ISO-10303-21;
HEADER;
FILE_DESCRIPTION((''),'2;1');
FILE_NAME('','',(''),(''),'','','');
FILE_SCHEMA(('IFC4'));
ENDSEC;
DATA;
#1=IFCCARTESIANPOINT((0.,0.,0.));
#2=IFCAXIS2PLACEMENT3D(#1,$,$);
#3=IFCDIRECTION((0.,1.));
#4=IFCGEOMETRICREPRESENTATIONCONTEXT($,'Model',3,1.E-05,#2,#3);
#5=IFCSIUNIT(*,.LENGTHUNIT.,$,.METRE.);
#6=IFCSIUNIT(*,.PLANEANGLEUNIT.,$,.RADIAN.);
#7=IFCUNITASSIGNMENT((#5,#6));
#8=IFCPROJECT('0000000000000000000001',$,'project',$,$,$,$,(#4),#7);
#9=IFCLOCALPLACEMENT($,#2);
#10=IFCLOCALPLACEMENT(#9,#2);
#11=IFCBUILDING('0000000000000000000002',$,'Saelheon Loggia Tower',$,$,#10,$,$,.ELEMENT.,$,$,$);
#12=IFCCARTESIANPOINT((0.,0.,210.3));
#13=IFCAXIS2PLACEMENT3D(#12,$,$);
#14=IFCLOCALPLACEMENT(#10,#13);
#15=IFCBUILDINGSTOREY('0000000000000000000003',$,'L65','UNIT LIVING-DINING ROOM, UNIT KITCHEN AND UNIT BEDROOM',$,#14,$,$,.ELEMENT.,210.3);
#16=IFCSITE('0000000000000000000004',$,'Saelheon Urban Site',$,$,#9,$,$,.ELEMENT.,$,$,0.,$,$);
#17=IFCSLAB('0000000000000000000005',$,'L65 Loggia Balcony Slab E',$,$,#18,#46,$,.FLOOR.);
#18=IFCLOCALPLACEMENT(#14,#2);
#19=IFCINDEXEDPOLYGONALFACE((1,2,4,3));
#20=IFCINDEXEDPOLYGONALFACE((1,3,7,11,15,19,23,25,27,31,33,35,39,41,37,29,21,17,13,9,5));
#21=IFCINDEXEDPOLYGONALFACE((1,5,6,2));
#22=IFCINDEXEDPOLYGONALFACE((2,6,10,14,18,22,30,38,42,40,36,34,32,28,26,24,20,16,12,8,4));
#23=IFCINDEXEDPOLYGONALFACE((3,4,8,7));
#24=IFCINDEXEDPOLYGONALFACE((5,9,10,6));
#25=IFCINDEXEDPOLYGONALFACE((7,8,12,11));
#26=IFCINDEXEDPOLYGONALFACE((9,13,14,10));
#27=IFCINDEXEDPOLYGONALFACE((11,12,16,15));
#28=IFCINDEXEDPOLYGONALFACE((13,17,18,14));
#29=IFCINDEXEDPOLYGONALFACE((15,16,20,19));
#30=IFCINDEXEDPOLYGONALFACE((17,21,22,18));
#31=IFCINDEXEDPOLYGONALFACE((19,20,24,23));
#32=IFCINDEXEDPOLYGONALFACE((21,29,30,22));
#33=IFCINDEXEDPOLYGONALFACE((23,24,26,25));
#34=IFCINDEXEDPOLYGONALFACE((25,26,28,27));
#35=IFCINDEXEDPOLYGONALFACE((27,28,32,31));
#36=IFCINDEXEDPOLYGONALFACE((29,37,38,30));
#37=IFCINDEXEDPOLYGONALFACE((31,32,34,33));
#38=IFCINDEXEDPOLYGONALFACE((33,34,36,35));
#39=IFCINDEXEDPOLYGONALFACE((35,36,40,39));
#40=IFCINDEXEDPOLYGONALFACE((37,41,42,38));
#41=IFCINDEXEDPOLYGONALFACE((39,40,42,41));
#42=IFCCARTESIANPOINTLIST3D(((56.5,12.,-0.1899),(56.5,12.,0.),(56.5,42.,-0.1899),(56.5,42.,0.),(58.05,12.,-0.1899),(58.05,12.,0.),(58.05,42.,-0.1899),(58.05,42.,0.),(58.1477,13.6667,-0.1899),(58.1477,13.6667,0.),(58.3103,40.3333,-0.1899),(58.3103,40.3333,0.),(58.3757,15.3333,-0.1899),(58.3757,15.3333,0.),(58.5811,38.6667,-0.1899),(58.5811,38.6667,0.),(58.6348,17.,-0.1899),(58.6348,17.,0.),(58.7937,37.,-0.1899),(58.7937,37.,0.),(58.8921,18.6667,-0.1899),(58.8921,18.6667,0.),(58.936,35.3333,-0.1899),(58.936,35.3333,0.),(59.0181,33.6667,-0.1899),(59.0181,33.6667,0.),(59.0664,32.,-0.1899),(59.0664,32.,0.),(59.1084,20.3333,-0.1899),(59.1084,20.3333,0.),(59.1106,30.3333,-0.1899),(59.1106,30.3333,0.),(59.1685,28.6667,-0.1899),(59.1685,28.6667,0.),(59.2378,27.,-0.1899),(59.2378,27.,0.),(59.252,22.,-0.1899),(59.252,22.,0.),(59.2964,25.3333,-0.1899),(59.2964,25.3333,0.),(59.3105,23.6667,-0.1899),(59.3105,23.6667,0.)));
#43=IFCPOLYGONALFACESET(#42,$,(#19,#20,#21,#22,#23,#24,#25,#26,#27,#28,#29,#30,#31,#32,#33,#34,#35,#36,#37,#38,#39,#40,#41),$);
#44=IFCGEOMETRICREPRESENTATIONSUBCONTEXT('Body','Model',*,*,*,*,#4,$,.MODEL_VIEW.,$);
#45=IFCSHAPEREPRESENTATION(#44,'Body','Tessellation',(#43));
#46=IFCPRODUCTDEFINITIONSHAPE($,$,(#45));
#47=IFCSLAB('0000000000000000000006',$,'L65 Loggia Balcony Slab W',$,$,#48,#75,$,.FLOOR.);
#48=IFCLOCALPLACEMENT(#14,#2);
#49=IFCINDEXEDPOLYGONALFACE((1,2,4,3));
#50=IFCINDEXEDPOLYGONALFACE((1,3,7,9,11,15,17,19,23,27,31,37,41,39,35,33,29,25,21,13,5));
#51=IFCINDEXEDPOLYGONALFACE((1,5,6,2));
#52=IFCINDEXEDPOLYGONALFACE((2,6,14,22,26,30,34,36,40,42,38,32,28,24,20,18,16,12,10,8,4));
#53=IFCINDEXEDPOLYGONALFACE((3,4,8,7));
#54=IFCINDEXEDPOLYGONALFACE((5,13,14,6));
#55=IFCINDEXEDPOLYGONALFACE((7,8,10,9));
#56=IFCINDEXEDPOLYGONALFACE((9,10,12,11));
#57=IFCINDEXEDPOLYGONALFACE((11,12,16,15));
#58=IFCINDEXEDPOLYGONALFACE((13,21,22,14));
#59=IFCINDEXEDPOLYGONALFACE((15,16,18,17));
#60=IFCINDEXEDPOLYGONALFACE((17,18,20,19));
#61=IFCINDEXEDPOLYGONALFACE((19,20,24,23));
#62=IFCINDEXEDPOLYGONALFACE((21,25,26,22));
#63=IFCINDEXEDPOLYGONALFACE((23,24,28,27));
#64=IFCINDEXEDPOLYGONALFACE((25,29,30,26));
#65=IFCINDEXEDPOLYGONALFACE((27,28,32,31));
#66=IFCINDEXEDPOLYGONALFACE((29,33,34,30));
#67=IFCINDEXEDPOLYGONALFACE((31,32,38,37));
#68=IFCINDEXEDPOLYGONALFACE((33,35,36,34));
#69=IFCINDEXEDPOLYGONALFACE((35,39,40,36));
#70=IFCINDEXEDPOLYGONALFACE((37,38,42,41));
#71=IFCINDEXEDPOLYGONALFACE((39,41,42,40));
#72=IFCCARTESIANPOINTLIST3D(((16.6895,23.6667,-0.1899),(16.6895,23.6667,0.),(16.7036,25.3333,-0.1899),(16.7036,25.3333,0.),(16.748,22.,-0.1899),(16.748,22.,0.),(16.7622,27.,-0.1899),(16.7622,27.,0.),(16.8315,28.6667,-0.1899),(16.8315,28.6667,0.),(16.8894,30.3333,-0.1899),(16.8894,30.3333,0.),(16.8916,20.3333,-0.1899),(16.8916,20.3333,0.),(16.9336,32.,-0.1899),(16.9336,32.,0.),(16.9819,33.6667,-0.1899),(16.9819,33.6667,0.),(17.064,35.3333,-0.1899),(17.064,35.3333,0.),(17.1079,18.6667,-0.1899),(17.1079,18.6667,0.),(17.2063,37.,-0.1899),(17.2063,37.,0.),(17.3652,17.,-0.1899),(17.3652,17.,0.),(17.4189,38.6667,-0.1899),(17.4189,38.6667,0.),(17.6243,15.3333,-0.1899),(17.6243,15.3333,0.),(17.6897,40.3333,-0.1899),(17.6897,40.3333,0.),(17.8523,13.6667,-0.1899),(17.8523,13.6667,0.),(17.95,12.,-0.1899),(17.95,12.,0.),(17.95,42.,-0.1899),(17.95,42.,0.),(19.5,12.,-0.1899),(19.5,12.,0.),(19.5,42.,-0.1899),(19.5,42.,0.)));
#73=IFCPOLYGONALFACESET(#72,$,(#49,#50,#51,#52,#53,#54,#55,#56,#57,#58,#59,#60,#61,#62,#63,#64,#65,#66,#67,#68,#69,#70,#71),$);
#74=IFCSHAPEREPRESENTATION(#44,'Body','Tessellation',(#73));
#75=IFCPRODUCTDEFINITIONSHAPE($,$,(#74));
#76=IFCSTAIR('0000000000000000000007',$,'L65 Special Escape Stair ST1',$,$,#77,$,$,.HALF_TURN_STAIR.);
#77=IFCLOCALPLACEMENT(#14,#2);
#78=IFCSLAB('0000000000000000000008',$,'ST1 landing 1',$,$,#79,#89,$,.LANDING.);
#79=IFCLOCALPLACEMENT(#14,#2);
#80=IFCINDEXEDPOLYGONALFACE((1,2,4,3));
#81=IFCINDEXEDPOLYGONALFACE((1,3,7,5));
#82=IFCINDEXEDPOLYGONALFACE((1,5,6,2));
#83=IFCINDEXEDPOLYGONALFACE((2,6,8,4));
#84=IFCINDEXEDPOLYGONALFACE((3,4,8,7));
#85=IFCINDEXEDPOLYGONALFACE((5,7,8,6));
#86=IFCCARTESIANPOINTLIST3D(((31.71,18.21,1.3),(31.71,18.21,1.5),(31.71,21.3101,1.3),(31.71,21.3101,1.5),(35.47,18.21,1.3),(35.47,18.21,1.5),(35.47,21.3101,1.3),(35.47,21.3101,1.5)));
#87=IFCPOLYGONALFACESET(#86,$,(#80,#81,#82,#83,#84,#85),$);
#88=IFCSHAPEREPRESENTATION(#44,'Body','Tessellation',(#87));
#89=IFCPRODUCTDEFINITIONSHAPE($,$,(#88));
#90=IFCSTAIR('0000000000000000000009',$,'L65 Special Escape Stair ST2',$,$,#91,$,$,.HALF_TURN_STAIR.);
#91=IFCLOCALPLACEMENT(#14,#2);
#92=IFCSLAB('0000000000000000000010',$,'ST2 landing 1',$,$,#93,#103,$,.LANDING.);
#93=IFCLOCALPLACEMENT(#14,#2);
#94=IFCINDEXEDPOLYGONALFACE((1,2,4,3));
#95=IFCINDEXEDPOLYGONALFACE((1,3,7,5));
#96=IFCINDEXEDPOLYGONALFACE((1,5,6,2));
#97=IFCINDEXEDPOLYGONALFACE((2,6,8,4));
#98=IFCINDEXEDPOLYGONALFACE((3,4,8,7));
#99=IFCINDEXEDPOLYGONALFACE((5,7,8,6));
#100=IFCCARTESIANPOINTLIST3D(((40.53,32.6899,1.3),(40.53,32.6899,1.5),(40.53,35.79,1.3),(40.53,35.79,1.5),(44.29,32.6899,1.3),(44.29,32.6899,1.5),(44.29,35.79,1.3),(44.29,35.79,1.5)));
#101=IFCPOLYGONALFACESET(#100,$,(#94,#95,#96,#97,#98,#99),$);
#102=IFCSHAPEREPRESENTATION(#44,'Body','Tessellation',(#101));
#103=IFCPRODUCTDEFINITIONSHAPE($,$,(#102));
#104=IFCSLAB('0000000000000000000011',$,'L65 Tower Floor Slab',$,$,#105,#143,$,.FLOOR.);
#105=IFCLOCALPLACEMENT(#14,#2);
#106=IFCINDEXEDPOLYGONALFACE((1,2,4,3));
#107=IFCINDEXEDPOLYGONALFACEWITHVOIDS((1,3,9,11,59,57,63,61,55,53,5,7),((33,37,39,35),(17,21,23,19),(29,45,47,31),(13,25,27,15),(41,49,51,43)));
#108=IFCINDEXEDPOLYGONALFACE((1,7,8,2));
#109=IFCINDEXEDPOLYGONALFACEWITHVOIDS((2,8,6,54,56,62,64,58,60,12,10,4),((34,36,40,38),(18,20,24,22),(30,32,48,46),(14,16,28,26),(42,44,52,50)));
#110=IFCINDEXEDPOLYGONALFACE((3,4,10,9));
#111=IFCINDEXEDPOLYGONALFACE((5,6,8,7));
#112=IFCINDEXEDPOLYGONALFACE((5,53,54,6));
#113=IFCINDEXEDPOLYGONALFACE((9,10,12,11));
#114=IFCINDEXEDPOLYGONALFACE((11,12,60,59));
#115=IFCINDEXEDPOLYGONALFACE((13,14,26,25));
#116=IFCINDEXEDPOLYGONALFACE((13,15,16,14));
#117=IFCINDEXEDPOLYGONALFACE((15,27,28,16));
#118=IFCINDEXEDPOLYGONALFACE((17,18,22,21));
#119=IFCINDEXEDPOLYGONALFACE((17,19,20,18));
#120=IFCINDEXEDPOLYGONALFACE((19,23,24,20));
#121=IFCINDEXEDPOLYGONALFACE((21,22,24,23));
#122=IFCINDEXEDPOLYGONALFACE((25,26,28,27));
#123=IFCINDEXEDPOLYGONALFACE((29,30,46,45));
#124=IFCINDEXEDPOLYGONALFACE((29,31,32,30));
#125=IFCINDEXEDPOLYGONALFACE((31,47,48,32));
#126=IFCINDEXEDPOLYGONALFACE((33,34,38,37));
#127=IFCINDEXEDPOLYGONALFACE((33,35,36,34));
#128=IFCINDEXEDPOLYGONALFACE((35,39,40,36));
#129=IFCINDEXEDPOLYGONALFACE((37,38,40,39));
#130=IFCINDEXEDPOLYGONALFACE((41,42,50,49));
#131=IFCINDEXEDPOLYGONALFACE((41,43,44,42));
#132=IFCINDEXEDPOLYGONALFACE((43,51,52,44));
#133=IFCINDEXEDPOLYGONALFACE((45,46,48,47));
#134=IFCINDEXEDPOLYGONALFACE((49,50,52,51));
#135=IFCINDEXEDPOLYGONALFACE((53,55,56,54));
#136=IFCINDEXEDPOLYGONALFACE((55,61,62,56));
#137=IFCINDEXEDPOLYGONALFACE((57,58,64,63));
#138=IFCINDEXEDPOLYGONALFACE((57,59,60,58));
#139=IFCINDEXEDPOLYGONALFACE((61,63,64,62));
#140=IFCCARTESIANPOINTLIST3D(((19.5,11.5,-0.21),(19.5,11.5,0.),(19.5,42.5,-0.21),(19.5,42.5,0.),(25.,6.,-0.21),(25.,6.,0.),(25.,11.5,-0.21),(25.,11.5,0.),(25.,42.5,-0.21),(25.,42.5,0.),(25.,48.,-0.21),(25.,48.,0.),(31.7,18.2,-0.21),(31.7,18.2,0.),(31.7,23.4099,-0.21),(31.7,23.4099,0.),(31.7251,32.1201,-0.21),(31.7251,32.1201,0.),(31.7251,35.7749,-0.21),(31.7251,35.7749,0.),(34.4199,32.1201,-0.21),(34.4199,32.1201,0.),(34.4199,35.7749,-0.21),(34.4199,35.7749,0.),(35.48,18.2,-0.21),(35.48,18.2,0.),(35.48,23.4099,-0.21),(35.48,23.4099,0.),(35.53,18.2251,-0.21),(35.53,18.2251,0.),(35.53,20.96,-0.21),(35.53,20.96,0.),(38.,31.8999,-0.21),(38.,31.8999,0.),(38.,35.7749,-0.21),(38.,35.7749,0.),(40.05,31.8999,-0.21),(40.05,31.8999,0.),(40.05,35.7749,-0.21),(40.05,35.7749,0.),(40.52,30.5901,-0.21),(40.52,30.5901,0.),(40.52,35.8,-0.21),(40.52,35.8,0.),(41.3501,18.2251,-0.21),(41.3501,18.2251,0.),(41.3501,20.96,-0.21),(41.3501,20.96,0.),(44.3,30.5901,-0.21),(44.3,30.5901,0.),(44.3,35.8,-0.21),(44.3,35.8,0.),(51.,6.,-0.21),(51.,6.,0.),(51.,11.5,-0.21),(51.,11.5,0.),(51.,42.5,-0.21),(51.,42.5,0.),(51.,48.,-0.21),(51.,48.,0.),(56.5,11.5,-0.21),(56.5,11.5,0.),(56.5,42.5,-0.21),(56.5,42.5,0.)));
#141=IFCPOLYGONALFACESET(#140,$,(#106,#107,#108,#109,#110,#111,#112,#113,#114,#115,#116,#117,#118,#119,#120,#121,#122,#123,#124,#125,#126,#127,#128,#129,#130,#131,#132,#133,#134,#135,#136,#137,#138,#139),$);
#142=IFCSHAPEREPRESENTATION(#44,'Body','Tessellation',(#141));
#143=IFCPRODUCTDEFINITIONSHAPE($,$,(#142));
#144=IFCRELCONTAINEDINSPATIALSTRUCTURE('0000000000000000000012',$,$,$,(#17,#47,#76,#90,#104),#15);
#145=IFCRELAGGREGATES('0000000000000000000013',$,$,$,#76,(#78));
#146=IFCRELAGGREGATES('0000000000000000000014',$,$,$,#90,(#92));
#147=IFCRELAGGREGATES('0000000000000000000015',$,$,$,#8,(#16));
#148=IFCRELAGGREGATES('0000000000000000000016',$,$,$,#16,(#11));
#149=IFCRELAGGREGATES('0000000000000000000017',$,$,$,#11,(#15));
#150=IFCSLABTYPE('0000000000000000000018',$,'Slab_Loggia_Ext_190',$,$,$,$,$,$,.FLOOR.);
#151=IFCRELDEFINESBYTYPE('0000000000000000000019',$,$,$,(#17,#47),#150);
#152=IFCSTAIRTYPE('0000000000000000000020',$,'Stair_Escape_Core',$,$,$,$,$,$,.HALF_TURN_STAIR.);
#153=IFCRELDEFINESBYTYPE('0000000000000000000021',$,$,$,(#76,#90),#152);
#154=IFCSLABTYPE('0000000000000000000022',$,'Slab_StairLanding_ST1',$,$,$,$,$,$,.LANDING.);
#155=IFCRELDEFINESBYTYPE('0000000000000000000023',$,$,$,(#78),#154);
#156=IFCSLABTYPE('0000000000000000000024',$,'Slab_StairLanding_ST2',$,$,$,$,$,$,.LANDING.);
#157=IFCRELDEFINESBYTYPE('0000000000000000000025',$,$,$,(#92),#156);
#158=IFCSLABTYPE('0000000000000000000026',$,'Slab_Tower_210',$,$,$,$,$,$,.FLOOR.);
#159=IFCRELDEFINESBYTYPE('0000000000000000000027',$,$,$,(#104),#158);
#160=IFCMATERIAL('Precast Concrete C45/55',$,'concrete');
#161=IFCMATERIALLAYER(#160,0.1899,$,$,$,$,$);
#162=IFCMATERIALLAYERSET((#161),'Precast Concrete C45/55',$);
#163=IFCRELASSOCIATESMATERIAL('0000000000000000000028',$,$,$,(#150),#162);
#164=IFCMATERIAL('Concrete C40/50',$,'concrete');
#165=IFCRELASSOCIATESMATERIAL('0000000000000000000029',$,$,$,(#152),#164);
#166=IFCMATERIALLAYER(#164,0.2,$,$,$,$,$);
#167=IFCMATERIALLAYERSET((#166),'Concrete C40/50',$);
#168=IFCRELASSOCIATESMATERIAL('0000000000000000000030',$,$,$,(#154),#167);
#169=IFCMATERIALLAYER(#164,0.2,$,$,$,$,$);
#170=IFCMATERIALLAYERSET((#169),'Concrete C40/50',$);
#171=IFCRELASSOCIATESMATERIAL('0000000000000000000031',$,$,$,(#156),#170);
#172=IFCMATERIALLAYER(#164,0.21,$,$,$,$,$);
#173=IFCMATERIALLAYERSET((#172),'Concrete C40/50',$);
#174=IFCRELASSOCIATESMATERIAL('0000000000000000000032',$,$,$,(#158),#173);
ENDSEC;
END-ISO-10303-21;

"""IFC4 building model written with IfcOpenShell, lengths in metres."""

from ifc_helpers import new_model, si_unit, direction, frame, origin, place, context, subcontext, project, spatial, polyline, outline, extrude, material, layer, layer_set, type_object, element, aggregate, save


model = new_model("IFC4")

# Units and contexts
model_context = context("Model", 3, precision=1e-05, world=origin(), true_north=direction((0.0, 1.0)))
body_context = subcontext(model_context, "Body", "Model", "MODEL_VIEW")
ifc_project = project(units=[si_unit("LENGTHUNIT", "METRE"), si_unit("PLANEANGLEUNIT", "RADIAN")], contexts=[model_context])

# Site, building, storey
site_placement = place(None, origin())
site = spatial("IfcSite", under=ifc_project, at=site_placement, Name="Saelheon Urban Site", CompositionType="ELEMENT", RefElevation=0.0)
building_placement = place(site_placement, origin())
building = spatial("IfcBuilding", under=site, at=building_placement, Name="Saelheon Loggia Tower", CompositionType="ELEMENT")
storey_placement = place(building_placement, frame((0.0, 0.0, 210.3)))
storey = spatial("IfcBuildingStorey", under=building, at=storey_placement, Name="L65", Description="UNIT LIVING-DINING ROOM, UNIT KITCHEN AND UNIT BEDROOM", CompositionType="ELEMENT", Elevation=210.3)

# Shared definitions
ifc_material_1 = material(Name="Precast Concrete C45/55", Category="concrete")

# Shared definitions
ifc_material_2 = material(Name="Concrete C40/50", Category="concrete")

# Slabs
ifc_layer_1 = layer(ifc_material_1, 0.1899)
ifc_layer_set_1 = layer_set([ifc_layer_1], Name="Precast Concrete C45/55")
slab_type_1 = type_object("IfcSlabType", Name="Slab_Loggia_Ext_190", PredefinedType="FLOOR", material=ifc_layer_set_1)
slab_1_placement = place(storey_placement, frame((0.0, 0.0, -0.1899)))
element("IfcSlab", 1, at=slab_1_placement, inside=storey, type_object=slab_type_1, Name="L65 Loggia Balcony Slab E", PredefinedType="FLOOR", context=body_context, shape_type="SweptSolid", body=[
    extrude(outline(polyline([(56.5, 12.0), (58.05, 12.0), (58.1477, 13.6667), (58.3757, 15.3333), (58.6348, 17.0), (58.8921, 18.6667), (59.1084, 20.3333), (59.252, 22.0), (59.3105, 23.6667), (59.2964, 25.3333), (59.2378, 27.0), (59.1685, 28.6667), (59.1106, 30.3333), (59.0664, 32.0), (59.0181, 33.6667), (58.936, 35.3333), (58.7937, 37.0), (58.5811, 38.6667), (58.3103, 40.3333), (58.05, 42.0), (56.5, 42.0), (56.5, 12.0)])), origin(), (0.0, 0.0, 1.0), 0.1899),
])
slab_2_placement = place(storey_placement, frame((0.0, 0.0, -0.1899)))
element("IfcSlab", 2, at=slab_2_placement, inside=storey, type_object=slab_type_1, Name="L65 Loggia Balcony Slab W", PredefinedType="FLOOR", context=body_context, shape_type="SweptSolid", body=[
    extrude(outline(polyline([(19.5, 12.0), (19.5, 42.0), (17.95, 42.0), (17.6897, 40.3333), (17.4189, 38.6667), (17.2063, 37.0), (17.064, 35.3333), (16.9819, 33.6667), (16.9336, 32.0), (16.8894, 30.3333), (16.8315, 28.6667), (16.7622, 27.0), (16.7036, 25.3333), (16.6895, 23.6667), (16.748, 22.0), (16.8916, 20.3333), (17.1079, 18.6667), (17.3652, 17.0), (17.6243, 15.3333), (17.8523, 13.6667), (17.95, 12.0), (19.5, 12.0)])), origin(), (0.0, 0.0, 1.0), 0.1899),
])

# Stairs, slabs
stair_type = type_object("IfcStairType", Name="Stair_Escape_Core", PredefinedType="HALF_TURN_STAIR", material=ifc_material_2)
stair_1_placement = place(storey_placement, origin())
stair_1 = element("IfcStair", 3, at=stair_1_placement, inside=storey, type_object=stair_type, Name="L65 Special Escape Stair ST1", PredefinedType="HALF_TURN_STAIR")
ifc_layer_2 = layer(ifc_material_2, 0.2)
ifc_layer_set_2 = layer_set([ifc_layer_2], Name="Concrete C40/50")
slab_type_2 = type_object("IfcSlabType", Name="Slab_StairLanding_ST1", PredefinedType="LANDING", material=ifc_layer_set_2)
slab_3_placement = place(storey_placement, frame((0.0, 0.0, 1.3)))
slab_3 = element("IfcSlab", 4, at=slab_3_placement, type_object=slab_type_2, Name="ST1 landing 1", PredefinedType="LANDING", context=body_context, shape_type="SweptSolid", body=[
    extrude(outline(polyline([(31.71, 21.3101), (31.71, 18.21), (35.47, 18.21), (35.47, 21.3101), (31.71, 21.3101)])), origin(), (0.0, 0.0, 1.0), 0.2),
])
aggregate(stair_1, [slab_3])
stair_2_placement = place(storey_placement, origin())
stair_2 = element("IfcStair", 5, at=stair_2_placement, inside=storey, type_object=stair_type, Name="L65 Special Escape Stair ST2", PredefinedType="HALF_TURN_STAIR")
ifc_layer_3 = layer(ifc_material_2, 0.2)
ifc_layer_set_3 = layer_set([ifc_layer_3], Name="Concrete C40/50")
slab_type_3 = type_object("IfcSlabType", Name="Slab_StairLanding_ST2", PredefinedType="LANDING", material=ifc_layer_set_3)
slab_4_placement = place(storey_placement, frame((0.0, 0.0, 1.3)))
slab_4 = element("IfcSlab", 6, at=slab_4_placement, type_object=slab_type_3, Name="ST2 landing 1", PredefinedType="LANDING", context=body_context, shape_type="SweptSolid", body=[
    extrude(outline(polyline([(44.29, 32.6899), (44.29, 35.79), (40.53, 35.79), (40.53, 32.6899), (44.29, 32.6899)])), origin(), (0.0, 0.0, 1.0), 0.2),
])
aggregate(stair_2, [slab_4])

# Slab
ifc_layer_4 = layer(ifc_material_2, 0.21)
ifc_layer_set_4 = layer_set([ifc_layer_4], Name="Concrete C40/50")
slab_type_4 = type_object("IfcSlabType", Name="Slab_Tower_210", PredefinedType="FLOOR", material=ifc_layer_set_4)
slab_5_placement = place(storey_placement, frame((0.0, 0.0, -0.21)))
element("IfcSlab", 7, at=slab_5_placement, inside=storey, type_object=slab_type_4, Name="L65 Tower Floor Slab", PredefinedType="FLOOR", context=body_context, shape_type="SweptSolid", body=[
    extrude(outline(polyline([(25.0, 6.0), (51.0, 6.0), (51.0, 11.5), (56.5, 11.5), (56.5, 42.5), (51.0, 42.5), (51.0, 48.0), (25.0, 48.0), (25.0, 42.5), (19.5, 42.5), (19.5, 11.5), (25.0, 11.5), (25.0, 6.0)]), holes=[polyline([(31.7, 23.4099), (31.7, 18.2), (35.48, 18.2), (35.48, 23.4099), (31.7, 23.4099)]), polyline([(44.3, 30.5901), (44.3, 35.8), (40.52, 35.8), (40.52, 30.5901), (44.3, 30.5901)]), polyline([(35.53, 18.2251), (41.3501, 18.2251), (41.3501, 20.96), (35.53, 20.96), (35.53, 18.2251)]), polyline([(31.7251, 32.1201), (34.4199, 32.1201), (34.4199, 35.7749), (31.7251, 35.7749), (31.7251, 32.1201)]), polyline([(38.0, 31.8999), (40.05, 31.8999), (40.05, 35.7749), (38.0, 35.7749), (38.0, 31.8999)])]), origin(), (0.0, 0.0, 1.0), 0.21),
])

save(model, "model.ifc")
